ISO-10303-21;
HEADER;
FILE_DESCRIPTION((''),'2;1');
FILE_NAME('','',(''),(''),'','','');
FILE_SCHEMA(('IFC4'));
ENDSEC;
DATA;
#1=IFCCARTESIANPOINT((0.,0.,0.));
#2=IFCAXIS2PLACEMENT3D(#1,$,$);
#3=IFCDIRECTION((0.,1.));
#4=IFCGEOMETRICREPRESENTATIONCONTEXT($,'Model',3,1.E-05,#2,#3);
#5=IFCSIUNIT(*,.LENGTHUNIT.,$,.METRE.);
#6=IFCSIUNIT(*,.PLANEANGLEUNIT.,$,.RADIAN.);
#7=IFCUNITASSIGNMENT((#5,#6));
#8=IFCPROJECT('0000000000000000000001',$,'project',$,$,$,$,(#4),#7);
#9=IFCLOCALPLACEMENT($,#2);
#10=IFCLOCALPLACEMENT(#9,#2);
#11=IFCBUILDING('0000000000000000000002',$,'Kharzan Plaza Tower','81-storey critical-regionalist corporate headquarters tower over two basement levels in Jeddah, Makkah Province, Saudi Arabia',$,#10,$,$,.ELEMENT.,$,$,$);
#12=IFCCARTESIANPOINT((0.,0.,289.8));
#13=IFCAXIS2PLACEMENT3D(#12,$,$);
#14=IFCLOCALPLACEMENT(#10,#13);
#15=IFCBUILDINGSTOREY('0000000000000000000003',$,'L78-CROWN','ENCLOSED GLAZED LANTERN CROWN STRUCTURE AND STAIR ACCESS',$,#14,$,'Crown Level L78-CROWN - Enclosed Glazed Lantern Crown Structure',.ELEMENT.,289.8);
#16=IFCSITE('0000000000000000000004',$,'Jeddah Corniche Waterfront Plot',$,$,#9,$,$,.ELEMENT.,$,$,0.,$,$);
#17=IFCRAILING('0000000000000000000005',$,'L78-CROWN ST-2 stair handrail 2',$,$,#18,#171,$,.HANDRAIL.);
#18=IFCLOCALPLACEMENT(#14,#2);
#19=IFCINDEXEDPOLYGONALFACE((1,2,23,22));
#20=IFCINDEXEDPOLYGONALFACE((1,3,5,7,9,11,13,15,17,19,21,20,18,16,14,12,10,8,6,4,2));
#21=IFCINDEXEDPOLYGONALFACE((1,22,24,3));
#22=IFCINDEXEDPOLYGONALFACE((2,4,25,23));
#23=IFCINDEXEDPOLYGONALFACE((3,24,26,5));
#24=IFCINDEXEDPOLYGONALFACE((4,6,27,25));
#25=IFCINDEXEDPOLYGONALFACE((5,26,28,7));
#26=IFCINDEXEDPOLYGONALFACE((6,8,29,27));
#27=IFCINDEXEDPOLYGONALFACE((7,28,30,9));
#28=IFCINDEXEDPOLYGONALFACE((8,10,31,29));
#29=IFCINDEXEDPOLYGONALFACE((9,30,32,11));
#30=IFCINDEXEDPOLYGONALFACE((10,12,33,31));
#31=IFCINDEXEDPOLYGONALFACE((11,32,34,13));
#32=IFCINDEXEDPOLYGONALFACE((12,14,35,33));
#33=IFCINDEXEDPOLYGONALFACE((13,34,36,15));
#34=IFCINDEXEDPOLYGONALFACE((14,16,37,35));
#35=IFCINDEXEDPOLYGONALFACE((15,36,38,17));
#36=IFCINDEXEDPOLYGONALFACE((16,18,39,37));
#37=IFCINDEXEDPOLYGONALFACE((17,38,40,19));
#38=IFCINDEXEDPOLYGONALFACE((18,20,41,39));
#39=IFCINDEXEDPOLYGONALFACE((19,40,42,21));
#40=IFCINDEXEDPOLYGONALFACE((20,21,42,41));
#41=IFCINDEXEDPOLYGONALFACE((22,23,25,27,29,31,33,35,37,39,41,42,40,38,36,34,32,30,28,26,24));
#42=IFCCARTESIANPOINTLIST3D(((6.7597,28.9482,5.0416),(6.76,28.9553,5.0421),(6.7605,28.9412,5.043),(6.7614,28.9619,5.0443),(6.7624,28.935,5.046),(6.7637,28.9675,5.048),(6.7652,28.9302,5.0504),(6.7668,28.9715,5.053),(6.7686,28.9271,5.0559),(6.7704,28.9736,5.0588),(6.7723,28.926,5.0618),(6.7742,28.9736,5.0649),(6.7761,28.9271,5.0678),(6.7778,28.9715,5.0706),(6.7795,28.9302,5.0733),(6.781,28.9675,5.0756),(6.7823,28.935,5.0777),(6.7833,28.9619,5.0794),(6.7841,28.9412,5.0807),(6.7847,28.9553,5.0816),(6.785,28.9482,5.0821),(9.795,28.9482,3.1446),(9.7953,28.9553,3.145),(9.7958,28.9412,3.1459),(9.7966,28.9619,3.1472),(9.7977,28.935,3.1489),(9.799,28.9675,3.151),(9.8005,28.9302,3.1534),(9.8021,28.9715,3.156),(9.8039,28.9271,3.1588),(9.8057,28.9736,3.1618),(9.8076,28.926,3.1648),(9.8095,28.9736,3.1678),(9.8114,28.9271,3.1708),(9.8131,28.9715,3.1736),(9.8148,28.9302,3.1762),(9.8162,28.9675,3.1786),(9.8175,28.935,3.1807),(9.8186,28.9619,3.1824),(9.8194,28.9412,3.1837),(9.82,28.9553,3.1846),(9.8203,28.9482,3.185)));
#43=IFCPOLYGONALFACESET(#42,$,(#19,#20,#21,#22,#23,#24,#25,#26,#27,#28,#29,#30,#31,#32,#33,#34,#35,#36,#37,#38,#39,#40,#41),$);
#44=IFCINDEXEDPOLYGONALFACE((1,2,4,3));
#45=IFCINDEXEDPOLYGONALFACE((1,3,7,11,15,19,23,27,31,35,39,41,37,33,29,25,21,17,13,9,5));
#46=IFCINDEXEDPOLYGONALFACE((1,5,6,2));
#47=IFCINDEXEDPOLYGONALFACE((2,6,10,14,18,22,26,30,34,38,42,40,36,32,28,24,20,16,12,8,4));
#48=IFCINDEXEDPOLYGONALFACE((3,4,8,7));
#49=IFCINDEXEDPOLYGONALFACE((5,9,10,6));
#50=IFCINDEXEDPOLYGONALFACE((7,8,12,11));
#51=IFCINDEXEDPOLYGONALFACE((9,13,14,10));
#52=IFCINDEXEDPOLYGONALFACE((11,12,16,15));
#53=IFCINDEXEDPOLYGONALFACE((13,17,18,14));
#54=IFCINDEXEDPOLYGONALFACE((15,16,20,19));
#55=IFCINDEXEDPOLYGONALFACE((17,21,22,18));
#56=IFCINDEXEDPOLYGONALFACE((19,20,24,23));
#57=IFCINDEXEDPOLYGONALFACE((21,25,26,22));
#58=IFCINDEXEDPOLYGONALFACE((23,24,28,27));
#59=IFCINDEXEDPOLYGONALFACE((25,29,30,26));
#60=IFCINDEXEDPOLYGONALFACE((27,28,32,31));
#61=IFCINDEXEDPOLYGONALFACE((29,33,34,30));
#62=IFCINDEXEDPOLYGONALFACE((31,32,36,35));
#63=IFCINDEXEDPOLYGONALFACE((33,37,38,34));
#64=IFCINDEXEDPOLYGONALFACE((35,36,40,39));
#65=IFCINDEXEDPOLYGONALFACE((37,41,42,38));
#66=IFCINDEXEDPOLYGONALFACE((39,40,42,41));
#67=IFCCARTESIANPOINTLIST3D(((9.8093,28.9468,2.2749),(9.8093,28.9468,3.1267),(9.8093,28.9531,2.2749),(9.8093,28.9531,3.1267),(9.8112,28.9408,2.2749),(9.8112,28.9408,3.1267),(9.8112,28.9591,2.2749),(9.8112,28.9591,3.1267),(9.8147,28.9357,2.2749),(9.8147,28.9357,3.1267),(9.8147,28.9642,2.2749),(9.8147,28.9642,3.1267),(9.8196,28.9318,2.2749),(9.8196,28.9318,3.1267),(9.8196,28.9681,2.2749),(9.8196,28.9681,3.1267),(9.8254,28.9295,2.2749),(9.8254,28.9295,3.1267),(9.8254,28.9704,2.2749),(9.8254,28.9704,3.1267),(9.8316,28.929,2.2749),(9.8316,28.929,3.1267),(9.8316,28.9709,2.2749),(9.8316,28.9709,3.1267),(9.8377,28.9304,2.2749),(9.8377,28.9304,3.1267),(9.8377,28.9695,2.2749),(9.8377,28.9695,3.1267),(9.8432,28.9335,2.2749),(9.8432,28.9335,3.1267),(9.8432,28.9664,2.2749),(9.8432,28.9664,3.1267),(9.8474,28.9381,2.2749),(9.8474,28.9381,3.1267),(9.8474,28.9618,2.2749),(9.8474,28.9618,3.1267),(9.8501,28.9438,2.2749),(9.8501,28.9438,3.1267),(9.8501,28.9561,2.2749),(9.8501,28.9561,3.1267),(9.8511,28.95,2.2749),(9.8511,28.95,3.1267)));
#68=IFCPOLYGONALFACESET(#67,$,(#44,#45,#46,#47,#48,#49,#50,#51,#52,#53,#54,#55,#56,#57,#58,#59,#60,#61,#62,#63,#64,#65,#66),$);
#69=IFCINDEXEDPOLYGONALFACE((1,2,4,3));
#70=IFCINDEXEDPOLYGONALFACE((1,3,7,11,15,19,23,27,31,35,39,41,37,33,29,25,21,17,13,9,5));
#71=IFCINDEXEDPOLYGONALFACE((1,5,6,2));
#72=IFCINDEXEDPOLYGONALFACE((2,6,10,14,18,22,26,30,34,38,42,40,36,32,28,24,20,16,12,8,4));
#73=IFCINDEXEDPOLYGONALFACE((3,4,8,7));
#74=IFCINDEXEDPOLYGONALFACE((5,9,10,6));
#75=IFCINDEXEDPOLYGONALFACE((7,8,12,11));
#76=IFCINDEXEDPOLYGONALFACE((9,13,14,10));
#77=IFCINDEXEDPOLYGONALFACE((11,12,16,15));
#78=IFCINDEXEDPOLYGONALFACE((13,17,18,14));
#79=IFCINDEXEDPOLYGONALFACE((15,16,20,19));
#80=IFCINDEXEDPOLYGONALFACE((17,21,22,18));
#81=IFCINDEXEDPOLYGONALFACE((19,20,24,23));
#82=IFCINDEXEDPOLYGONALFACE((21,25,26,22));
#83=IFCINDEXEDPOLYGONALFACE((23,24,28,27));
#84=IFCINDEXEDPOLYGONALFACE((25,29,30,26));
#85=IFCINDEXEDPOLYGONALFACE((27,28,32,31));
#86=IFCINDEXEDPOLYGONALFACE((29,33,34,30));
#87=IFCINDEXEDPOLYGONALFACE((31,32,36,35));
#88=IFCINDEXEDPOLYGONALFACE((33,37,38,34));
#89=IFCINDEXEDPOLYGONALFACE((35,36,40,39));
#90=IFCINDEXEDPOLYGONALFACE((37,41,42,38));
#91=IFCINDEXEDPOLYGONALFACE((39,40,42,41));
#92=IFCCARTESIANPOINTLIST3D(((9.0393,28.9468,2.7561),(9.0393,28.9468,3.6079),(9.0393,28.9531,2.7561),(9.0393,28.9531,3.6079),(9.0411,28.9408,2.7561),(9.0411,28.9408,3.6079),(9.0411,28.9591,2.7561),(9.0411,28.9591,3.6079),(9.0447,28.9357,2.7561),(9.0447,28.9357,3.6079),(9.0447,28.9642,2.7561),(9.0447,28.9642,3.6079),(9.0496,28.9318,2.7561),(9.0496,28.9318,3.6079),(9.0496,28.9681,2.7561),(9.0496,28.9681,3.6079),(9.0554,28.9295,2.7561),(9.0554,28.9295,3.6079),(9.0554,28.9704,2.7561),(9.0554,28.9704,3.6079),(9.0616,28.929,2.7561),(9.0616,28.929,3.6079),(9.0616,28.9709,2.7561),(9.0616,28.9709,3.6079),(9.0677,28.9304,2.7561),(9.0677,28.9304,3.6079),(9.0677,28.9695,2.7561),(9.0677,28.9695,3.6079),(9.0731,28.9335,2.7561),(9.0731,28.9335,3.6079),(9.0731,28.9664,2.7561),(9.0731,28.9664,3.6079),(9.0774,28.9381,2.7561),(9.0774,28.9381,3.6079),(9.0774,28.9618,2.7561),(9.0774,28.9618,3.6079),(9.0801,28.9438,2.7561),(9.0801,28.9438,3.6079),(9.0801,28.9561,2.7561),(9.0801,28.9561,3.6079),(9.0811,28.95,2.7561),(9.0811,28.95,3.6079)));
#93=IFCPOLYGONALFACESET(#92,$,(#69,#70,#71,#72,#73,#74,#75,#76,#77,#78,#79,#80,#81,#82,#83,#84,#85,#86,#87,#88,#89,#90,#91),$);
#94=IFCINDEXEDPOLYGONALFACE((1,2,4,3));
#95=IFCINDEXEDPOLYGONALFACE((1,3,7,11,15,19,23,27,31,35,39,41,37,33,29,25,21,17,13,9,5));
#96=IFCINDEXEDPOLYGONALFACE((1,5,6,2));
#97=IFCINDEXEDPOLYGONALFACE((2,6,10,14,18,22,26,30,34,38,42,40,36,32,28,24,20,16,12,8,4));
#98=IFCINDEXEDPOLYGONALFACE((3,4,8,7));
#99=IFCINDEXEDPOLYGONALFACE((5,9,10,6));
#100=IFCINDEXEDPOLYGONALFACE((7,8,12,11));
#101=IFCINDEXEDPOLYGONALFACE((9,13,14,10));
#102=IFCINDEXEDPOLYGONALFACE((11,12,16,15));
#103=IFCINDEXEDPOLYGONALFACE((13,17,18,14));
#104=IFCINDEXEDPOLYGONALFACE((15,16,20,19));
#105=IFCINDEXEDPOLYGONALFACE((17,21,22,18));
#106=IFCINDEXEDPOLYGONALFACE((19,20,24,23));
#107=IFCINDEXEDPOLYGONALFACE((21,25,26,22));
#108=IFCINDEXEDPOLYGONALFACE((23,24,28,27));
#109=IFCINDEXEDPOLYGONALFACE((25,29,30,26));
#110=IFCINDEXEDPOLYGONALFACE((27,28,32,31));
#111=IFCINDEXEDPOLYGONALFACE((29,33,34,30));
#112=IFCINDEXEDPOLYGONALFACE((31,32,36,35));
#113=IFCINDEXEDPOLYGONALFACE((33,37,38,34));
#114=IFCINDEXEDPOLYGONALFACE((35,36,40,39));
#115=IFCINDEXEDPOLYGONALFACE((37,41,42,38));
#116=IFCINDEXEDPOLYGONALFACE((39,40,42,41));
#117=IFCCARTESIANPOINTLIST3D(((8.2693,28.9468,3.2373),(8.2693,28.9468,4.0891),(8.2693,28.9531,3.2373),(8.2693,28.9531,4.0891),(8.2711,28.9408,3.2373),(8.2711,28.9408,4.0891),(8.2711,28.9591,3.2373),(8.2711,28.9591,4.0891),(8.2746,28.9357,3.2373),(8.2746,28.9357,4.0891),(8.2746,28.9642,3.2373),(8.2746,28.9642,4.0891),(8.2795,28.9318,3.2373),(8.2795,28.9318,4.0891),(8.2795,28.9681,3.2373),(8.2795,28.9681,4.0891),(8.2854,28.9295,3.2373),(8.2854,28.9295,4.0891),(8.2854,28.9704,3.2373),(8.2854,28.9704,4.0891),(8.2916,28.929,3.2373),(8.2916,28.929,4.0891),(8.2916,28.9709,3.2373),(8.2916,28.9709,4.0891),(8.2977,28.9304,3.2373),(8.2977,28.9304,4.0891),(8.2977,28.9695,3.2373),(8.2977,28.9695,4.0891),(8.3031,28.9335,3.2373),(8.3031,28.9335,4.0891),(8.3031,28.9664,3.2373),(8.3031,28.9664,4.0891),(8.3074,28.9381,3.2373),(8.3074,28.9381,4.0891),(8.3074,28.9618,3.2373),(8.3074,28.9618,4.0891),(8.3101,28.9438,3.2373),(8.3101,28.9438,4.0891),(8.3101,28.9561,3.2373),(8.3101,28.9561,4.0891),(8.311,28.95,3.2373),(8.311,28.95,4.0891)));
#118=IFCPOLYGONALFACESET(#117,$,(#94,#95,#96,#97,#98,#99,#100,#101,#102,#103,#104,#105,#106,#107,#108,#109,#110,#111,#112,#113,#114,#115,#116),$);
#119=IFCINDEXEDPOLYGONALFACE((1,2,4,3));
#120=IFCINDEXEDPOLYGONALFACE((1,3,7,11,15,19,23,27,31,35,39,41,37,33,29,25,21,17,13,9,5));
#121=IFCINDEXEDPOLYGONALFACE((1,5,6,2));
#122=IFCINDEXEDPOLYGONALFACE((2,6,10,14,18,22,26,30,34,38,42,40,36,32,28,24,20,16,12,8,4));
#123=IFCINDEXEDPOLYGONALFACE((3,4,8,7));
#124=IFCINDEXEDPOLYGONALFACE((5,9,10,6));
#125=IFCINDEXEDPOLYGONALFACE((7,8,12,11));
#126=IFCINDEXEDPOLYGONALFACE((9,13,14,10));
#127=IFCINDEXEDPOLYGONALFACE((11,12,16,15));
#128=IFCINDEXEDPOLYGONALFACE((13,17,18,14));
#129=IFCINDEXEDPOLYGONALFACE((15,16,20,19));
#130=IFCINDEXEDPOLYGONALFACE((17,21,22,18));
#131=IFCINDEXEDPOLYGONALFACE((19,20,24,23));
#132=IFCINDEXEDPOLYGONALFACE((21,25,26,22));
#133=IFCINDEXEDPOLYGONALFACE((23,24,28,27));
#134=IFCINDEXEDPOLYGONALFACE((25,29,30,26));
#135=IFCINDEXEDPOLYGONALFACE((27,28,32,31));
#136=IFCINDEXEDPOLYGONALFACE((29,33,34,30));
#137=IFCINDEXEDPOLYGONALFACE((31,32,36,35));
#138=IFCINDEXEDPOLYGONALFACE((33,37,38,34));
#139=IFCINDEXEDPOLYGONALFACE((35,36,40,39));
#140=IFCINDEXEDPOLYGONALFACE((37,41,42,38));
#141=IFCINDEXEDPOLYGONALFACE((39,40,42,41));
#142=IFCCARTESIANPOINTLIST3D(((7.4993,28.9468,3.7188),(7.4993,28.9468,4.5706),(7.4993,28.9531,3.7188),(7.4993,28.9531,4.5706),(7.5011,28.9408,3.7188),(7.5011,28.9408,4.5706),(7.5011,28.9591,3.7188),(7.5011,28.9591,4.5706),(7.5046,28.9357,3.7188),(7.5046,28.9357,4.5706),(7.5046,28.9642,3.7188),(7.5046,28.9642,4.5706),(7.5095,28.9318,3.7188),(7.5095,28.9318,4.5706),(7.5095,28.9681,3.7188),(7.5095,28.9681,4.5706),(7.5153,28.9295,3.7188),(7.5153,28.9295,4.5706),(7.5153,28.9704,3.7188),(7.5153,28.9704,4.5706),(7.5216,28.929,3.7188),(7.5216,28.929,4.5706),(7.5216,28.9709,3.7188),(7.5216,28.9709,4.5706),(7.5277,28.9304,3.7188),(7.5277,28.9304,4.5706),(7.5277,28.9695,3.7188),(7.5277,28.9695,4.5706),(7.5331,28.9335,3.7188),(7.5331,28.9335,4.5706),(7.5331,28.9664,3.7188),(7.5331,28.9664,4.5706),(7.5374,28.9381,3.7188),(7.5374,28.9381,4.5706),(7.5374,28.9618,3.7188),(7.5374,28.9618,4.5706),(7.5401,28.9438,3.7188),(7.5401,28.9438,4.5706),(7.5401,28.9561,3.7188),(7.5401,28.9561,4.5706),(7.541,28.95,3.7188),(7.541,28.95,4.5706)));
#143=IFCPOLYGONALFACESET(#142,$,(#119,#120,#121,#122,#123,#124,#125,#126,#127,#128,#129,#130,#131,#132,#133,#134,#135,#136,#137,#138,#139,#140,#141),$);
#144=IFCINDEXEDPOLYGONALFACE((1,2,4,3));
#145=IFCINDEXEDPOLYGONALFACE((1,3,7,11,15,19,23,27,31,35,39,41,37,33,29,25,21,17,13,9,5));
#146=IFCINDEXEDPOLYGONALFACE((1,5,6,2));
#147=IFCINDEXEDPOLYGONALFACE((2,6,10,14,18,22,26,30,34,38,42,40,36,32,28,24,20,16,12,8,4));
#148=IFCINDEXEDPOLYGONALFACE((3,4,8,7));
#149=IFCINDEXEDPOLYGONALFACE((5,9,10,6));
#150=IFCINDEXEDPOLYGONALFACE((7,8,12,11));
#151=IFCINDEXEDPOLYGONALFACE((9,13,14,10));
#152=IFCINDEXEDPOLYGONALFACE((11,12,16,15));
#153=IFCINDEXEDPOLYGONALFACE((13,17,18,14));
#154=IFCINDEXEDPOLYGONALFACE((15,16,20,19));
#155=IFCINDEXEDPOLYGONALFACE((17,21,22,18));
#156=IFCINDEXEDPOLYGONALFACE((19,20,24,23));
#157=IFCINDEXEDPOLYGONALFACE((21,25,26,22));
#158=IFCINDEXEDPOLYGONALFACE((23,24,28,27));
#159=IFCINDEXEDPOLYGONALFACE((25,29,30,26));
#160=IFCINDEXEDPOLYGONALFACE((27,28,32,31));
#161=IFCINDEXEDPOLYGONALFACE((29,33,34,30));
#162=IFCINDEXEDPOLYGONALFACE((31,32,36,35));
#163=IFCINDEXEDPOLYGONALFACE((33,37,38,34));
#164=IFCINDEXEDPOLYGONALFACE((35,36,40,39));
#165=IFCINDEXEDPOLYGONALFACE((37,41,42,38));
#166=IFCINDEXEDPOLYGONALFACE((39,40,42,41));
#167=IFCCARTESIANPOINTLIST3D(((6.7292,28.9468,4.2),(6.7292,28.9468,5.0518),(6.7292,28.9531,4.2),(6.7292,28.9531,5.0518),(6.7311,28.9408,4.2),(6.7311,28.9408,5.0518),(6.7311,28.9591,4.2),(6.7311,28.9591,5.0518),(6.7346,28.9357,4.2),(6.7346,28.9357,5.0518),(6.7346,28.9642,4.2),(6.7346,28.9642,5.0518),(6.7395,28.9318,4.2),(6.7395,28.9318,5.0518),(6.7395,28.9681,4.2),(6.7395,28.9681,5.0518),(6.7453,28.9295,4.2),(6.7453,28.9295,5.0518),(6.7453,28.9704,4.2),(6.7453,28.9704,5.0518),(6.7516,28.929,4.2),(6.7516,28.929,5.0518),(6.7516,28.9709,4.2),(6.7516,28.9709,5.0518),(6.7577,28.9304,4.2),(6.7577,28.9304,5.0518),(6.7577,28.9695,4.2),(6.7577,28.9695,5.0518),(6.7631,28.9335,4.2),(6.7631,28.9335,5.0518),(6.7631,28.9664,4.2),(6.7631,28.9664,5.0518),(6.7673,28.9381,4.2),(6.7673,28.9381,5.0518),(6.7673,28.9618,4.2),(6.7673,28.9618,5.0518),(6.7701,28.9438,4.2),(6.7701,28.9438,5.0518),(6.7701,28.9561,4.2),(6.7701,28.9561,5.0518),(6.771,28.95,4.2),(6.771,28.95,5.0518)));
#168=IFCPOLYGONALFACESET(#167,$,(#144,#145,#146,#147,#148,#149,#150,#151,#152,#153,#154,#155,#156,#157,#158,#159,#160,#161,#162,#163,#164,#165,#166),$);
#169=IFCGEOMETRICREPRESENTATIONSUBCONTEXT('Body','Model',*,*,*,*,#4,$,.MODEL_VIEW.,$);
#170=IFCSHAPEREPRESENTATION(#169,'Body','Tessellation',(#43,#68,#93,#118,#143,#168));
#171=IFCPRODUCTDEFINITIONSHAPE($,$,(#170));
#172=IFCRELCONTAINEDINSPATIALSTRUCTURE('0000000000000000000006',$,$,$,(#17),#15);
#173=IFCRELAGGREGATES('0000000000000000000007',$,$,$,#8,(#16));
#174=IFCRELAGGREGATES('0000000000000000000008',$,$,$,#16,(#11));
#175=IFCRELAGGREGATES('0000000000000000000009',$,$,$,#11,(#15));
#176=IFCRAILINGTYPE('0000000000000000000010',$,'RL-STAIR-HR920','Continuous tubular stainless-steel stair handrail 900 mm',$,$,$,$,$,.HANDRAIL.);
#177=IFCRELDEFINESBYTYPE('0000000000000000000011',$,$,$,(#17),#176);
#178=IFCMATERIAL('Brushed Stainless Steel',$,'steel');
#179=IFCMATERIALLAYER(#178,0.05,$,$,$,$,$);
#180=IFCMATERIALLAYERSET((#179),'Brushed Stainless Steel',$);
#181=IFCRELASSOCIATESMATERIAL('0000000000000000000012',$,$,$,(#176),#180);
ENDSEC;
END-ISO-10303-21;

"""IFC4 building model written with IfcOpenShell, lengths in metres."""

from ifc_helpers import new_model, si_unit, direction, frame, origin, origin_2d, place, context, subcontext, project, spatial, circle, extrude, source, transform, mapped, material, layer, layer_set, type_object, element, save


model = new_model("IFC4")

# Units and contexts
model_context = context("Model", 3, precision=1e-05, world=origin(), true_north=direction((0.0, 1.0)))
body_context = subcontext(model_context, "Body", "Model", "MODEL_VIEW")
ifc_project = project(units=[si_unit("LENGTHUNIT", "METRE"), si_unit("PLANEANGLEUNIT", "RADIAN")], contexts=[model_context])

# Site, building, storey
site_placement = place(None, origin())
site = spatial("IfcSite", under=ifc_project, at=site_placement, Name="Jeddah Corniche Waterfront Plot", CompositionType="ELEMENT", RefElevation=0.0)
building_placement = place(site_placement, origin())
building = spatial("IfcBuilding", under=site, at=building_placement, Name="Kharzan Plaza Tower", Description="81-storey critical-regionalist corporate headquarters tower over two basement levels in Jeddah, Makkah Province, Saudi Arabia", CompositionType="ELEMENT")
storey_placement = place(building_placement, frame((0.0, 0.0, 289.8)))
storey = spatial("IfcBuildingStorey", under=building, at=storey_placement, Name="L78-CROWN", Description="ENCLOSED GLAZED LANTERN CROWN STRUCTURE AND STAIR ACCESS", LongName="Crown Level L78-CROWN - Enclosed Glazed Lantern Crown Structure", CompositionType="ELEMENT", Elevation=289.8)

# Railing
ifc_material_1 = material(Name="Brushed Stainless Steel", Category="steel")
ifc_layer_1 = layer(ifc_material_1, 0.05)
ifc_layer_set_1 = layer_set([ifc_layer_1], Name="Brushed Stainless Steel")
railing_type = type_object("IfcRailingType", Name="RL-STAIR-HR920", Description="Continuous tubular stainless-steel stair handrail 900 mm", PredefinedType="HANDRAIL", material=ifc_layer_set_1)
shared_shape_1 = source(origin(), body_context, "Body", "SweptSolid", [
    extrude(circle(Radius=0.0239, at=origin_2d()), frame((-0.0225, 0.0, 0.8899), z_axis=(-0.847998, 0.0, 0.529999), x_axis=(0.0, -1.0, 0.0)), (0.0, 0.0, 1.0), 3.5793),
    extrude(circle(Radius=0.021, at=origin_2d()), origin(), (0.0, 0.0, 1.0), 0.8518),
    extrude(circle(Radius=0.021, at=origin_2d()), frame((-0.77, 0.0, 0.4812)), (0.0, 0.0, 1.0), 0.8518),
    extrude(circle(Radius=0.021, at=origin_2d()), frame((-1.54, 0.0, 0.9624)), (0.0, 0.0, 1.0), 0.8518),
    extrude(circle(Radius=0.021, at=origin_2d()), frame((-2.3101, 0.0, 1.4438)), (0.0, 0.0, 1.0), 0.8518),
    extrude(circle(Radius=0.021, at=origin_2d()), frame((-3.0801, 0.0, 1.925)), (0.0, 0.0, 1.0), 0.8518),
])
railing_placement = place(storey_placement, frame((9.8301, 28.95, 2.2749)))
element("IfcRailing", 1, at=railing_placement, inside=storey, type_object=railing_type, Name="L78-CROWN ST-2 stair handrail 2", PredefinedType="HANDRAIL", context=body_context, shape_type="MappedRepresentation", body=[
    mapped(shared_shape_1, transform((0.0, 0.0, 0.0), x_axis=(1.0, 0.0, 0.0), y_axis=(0.0, 1.0, 0.0), z_axis=(0.0, 0.0, 1.0))),
])

save(model, "model.ifc")
